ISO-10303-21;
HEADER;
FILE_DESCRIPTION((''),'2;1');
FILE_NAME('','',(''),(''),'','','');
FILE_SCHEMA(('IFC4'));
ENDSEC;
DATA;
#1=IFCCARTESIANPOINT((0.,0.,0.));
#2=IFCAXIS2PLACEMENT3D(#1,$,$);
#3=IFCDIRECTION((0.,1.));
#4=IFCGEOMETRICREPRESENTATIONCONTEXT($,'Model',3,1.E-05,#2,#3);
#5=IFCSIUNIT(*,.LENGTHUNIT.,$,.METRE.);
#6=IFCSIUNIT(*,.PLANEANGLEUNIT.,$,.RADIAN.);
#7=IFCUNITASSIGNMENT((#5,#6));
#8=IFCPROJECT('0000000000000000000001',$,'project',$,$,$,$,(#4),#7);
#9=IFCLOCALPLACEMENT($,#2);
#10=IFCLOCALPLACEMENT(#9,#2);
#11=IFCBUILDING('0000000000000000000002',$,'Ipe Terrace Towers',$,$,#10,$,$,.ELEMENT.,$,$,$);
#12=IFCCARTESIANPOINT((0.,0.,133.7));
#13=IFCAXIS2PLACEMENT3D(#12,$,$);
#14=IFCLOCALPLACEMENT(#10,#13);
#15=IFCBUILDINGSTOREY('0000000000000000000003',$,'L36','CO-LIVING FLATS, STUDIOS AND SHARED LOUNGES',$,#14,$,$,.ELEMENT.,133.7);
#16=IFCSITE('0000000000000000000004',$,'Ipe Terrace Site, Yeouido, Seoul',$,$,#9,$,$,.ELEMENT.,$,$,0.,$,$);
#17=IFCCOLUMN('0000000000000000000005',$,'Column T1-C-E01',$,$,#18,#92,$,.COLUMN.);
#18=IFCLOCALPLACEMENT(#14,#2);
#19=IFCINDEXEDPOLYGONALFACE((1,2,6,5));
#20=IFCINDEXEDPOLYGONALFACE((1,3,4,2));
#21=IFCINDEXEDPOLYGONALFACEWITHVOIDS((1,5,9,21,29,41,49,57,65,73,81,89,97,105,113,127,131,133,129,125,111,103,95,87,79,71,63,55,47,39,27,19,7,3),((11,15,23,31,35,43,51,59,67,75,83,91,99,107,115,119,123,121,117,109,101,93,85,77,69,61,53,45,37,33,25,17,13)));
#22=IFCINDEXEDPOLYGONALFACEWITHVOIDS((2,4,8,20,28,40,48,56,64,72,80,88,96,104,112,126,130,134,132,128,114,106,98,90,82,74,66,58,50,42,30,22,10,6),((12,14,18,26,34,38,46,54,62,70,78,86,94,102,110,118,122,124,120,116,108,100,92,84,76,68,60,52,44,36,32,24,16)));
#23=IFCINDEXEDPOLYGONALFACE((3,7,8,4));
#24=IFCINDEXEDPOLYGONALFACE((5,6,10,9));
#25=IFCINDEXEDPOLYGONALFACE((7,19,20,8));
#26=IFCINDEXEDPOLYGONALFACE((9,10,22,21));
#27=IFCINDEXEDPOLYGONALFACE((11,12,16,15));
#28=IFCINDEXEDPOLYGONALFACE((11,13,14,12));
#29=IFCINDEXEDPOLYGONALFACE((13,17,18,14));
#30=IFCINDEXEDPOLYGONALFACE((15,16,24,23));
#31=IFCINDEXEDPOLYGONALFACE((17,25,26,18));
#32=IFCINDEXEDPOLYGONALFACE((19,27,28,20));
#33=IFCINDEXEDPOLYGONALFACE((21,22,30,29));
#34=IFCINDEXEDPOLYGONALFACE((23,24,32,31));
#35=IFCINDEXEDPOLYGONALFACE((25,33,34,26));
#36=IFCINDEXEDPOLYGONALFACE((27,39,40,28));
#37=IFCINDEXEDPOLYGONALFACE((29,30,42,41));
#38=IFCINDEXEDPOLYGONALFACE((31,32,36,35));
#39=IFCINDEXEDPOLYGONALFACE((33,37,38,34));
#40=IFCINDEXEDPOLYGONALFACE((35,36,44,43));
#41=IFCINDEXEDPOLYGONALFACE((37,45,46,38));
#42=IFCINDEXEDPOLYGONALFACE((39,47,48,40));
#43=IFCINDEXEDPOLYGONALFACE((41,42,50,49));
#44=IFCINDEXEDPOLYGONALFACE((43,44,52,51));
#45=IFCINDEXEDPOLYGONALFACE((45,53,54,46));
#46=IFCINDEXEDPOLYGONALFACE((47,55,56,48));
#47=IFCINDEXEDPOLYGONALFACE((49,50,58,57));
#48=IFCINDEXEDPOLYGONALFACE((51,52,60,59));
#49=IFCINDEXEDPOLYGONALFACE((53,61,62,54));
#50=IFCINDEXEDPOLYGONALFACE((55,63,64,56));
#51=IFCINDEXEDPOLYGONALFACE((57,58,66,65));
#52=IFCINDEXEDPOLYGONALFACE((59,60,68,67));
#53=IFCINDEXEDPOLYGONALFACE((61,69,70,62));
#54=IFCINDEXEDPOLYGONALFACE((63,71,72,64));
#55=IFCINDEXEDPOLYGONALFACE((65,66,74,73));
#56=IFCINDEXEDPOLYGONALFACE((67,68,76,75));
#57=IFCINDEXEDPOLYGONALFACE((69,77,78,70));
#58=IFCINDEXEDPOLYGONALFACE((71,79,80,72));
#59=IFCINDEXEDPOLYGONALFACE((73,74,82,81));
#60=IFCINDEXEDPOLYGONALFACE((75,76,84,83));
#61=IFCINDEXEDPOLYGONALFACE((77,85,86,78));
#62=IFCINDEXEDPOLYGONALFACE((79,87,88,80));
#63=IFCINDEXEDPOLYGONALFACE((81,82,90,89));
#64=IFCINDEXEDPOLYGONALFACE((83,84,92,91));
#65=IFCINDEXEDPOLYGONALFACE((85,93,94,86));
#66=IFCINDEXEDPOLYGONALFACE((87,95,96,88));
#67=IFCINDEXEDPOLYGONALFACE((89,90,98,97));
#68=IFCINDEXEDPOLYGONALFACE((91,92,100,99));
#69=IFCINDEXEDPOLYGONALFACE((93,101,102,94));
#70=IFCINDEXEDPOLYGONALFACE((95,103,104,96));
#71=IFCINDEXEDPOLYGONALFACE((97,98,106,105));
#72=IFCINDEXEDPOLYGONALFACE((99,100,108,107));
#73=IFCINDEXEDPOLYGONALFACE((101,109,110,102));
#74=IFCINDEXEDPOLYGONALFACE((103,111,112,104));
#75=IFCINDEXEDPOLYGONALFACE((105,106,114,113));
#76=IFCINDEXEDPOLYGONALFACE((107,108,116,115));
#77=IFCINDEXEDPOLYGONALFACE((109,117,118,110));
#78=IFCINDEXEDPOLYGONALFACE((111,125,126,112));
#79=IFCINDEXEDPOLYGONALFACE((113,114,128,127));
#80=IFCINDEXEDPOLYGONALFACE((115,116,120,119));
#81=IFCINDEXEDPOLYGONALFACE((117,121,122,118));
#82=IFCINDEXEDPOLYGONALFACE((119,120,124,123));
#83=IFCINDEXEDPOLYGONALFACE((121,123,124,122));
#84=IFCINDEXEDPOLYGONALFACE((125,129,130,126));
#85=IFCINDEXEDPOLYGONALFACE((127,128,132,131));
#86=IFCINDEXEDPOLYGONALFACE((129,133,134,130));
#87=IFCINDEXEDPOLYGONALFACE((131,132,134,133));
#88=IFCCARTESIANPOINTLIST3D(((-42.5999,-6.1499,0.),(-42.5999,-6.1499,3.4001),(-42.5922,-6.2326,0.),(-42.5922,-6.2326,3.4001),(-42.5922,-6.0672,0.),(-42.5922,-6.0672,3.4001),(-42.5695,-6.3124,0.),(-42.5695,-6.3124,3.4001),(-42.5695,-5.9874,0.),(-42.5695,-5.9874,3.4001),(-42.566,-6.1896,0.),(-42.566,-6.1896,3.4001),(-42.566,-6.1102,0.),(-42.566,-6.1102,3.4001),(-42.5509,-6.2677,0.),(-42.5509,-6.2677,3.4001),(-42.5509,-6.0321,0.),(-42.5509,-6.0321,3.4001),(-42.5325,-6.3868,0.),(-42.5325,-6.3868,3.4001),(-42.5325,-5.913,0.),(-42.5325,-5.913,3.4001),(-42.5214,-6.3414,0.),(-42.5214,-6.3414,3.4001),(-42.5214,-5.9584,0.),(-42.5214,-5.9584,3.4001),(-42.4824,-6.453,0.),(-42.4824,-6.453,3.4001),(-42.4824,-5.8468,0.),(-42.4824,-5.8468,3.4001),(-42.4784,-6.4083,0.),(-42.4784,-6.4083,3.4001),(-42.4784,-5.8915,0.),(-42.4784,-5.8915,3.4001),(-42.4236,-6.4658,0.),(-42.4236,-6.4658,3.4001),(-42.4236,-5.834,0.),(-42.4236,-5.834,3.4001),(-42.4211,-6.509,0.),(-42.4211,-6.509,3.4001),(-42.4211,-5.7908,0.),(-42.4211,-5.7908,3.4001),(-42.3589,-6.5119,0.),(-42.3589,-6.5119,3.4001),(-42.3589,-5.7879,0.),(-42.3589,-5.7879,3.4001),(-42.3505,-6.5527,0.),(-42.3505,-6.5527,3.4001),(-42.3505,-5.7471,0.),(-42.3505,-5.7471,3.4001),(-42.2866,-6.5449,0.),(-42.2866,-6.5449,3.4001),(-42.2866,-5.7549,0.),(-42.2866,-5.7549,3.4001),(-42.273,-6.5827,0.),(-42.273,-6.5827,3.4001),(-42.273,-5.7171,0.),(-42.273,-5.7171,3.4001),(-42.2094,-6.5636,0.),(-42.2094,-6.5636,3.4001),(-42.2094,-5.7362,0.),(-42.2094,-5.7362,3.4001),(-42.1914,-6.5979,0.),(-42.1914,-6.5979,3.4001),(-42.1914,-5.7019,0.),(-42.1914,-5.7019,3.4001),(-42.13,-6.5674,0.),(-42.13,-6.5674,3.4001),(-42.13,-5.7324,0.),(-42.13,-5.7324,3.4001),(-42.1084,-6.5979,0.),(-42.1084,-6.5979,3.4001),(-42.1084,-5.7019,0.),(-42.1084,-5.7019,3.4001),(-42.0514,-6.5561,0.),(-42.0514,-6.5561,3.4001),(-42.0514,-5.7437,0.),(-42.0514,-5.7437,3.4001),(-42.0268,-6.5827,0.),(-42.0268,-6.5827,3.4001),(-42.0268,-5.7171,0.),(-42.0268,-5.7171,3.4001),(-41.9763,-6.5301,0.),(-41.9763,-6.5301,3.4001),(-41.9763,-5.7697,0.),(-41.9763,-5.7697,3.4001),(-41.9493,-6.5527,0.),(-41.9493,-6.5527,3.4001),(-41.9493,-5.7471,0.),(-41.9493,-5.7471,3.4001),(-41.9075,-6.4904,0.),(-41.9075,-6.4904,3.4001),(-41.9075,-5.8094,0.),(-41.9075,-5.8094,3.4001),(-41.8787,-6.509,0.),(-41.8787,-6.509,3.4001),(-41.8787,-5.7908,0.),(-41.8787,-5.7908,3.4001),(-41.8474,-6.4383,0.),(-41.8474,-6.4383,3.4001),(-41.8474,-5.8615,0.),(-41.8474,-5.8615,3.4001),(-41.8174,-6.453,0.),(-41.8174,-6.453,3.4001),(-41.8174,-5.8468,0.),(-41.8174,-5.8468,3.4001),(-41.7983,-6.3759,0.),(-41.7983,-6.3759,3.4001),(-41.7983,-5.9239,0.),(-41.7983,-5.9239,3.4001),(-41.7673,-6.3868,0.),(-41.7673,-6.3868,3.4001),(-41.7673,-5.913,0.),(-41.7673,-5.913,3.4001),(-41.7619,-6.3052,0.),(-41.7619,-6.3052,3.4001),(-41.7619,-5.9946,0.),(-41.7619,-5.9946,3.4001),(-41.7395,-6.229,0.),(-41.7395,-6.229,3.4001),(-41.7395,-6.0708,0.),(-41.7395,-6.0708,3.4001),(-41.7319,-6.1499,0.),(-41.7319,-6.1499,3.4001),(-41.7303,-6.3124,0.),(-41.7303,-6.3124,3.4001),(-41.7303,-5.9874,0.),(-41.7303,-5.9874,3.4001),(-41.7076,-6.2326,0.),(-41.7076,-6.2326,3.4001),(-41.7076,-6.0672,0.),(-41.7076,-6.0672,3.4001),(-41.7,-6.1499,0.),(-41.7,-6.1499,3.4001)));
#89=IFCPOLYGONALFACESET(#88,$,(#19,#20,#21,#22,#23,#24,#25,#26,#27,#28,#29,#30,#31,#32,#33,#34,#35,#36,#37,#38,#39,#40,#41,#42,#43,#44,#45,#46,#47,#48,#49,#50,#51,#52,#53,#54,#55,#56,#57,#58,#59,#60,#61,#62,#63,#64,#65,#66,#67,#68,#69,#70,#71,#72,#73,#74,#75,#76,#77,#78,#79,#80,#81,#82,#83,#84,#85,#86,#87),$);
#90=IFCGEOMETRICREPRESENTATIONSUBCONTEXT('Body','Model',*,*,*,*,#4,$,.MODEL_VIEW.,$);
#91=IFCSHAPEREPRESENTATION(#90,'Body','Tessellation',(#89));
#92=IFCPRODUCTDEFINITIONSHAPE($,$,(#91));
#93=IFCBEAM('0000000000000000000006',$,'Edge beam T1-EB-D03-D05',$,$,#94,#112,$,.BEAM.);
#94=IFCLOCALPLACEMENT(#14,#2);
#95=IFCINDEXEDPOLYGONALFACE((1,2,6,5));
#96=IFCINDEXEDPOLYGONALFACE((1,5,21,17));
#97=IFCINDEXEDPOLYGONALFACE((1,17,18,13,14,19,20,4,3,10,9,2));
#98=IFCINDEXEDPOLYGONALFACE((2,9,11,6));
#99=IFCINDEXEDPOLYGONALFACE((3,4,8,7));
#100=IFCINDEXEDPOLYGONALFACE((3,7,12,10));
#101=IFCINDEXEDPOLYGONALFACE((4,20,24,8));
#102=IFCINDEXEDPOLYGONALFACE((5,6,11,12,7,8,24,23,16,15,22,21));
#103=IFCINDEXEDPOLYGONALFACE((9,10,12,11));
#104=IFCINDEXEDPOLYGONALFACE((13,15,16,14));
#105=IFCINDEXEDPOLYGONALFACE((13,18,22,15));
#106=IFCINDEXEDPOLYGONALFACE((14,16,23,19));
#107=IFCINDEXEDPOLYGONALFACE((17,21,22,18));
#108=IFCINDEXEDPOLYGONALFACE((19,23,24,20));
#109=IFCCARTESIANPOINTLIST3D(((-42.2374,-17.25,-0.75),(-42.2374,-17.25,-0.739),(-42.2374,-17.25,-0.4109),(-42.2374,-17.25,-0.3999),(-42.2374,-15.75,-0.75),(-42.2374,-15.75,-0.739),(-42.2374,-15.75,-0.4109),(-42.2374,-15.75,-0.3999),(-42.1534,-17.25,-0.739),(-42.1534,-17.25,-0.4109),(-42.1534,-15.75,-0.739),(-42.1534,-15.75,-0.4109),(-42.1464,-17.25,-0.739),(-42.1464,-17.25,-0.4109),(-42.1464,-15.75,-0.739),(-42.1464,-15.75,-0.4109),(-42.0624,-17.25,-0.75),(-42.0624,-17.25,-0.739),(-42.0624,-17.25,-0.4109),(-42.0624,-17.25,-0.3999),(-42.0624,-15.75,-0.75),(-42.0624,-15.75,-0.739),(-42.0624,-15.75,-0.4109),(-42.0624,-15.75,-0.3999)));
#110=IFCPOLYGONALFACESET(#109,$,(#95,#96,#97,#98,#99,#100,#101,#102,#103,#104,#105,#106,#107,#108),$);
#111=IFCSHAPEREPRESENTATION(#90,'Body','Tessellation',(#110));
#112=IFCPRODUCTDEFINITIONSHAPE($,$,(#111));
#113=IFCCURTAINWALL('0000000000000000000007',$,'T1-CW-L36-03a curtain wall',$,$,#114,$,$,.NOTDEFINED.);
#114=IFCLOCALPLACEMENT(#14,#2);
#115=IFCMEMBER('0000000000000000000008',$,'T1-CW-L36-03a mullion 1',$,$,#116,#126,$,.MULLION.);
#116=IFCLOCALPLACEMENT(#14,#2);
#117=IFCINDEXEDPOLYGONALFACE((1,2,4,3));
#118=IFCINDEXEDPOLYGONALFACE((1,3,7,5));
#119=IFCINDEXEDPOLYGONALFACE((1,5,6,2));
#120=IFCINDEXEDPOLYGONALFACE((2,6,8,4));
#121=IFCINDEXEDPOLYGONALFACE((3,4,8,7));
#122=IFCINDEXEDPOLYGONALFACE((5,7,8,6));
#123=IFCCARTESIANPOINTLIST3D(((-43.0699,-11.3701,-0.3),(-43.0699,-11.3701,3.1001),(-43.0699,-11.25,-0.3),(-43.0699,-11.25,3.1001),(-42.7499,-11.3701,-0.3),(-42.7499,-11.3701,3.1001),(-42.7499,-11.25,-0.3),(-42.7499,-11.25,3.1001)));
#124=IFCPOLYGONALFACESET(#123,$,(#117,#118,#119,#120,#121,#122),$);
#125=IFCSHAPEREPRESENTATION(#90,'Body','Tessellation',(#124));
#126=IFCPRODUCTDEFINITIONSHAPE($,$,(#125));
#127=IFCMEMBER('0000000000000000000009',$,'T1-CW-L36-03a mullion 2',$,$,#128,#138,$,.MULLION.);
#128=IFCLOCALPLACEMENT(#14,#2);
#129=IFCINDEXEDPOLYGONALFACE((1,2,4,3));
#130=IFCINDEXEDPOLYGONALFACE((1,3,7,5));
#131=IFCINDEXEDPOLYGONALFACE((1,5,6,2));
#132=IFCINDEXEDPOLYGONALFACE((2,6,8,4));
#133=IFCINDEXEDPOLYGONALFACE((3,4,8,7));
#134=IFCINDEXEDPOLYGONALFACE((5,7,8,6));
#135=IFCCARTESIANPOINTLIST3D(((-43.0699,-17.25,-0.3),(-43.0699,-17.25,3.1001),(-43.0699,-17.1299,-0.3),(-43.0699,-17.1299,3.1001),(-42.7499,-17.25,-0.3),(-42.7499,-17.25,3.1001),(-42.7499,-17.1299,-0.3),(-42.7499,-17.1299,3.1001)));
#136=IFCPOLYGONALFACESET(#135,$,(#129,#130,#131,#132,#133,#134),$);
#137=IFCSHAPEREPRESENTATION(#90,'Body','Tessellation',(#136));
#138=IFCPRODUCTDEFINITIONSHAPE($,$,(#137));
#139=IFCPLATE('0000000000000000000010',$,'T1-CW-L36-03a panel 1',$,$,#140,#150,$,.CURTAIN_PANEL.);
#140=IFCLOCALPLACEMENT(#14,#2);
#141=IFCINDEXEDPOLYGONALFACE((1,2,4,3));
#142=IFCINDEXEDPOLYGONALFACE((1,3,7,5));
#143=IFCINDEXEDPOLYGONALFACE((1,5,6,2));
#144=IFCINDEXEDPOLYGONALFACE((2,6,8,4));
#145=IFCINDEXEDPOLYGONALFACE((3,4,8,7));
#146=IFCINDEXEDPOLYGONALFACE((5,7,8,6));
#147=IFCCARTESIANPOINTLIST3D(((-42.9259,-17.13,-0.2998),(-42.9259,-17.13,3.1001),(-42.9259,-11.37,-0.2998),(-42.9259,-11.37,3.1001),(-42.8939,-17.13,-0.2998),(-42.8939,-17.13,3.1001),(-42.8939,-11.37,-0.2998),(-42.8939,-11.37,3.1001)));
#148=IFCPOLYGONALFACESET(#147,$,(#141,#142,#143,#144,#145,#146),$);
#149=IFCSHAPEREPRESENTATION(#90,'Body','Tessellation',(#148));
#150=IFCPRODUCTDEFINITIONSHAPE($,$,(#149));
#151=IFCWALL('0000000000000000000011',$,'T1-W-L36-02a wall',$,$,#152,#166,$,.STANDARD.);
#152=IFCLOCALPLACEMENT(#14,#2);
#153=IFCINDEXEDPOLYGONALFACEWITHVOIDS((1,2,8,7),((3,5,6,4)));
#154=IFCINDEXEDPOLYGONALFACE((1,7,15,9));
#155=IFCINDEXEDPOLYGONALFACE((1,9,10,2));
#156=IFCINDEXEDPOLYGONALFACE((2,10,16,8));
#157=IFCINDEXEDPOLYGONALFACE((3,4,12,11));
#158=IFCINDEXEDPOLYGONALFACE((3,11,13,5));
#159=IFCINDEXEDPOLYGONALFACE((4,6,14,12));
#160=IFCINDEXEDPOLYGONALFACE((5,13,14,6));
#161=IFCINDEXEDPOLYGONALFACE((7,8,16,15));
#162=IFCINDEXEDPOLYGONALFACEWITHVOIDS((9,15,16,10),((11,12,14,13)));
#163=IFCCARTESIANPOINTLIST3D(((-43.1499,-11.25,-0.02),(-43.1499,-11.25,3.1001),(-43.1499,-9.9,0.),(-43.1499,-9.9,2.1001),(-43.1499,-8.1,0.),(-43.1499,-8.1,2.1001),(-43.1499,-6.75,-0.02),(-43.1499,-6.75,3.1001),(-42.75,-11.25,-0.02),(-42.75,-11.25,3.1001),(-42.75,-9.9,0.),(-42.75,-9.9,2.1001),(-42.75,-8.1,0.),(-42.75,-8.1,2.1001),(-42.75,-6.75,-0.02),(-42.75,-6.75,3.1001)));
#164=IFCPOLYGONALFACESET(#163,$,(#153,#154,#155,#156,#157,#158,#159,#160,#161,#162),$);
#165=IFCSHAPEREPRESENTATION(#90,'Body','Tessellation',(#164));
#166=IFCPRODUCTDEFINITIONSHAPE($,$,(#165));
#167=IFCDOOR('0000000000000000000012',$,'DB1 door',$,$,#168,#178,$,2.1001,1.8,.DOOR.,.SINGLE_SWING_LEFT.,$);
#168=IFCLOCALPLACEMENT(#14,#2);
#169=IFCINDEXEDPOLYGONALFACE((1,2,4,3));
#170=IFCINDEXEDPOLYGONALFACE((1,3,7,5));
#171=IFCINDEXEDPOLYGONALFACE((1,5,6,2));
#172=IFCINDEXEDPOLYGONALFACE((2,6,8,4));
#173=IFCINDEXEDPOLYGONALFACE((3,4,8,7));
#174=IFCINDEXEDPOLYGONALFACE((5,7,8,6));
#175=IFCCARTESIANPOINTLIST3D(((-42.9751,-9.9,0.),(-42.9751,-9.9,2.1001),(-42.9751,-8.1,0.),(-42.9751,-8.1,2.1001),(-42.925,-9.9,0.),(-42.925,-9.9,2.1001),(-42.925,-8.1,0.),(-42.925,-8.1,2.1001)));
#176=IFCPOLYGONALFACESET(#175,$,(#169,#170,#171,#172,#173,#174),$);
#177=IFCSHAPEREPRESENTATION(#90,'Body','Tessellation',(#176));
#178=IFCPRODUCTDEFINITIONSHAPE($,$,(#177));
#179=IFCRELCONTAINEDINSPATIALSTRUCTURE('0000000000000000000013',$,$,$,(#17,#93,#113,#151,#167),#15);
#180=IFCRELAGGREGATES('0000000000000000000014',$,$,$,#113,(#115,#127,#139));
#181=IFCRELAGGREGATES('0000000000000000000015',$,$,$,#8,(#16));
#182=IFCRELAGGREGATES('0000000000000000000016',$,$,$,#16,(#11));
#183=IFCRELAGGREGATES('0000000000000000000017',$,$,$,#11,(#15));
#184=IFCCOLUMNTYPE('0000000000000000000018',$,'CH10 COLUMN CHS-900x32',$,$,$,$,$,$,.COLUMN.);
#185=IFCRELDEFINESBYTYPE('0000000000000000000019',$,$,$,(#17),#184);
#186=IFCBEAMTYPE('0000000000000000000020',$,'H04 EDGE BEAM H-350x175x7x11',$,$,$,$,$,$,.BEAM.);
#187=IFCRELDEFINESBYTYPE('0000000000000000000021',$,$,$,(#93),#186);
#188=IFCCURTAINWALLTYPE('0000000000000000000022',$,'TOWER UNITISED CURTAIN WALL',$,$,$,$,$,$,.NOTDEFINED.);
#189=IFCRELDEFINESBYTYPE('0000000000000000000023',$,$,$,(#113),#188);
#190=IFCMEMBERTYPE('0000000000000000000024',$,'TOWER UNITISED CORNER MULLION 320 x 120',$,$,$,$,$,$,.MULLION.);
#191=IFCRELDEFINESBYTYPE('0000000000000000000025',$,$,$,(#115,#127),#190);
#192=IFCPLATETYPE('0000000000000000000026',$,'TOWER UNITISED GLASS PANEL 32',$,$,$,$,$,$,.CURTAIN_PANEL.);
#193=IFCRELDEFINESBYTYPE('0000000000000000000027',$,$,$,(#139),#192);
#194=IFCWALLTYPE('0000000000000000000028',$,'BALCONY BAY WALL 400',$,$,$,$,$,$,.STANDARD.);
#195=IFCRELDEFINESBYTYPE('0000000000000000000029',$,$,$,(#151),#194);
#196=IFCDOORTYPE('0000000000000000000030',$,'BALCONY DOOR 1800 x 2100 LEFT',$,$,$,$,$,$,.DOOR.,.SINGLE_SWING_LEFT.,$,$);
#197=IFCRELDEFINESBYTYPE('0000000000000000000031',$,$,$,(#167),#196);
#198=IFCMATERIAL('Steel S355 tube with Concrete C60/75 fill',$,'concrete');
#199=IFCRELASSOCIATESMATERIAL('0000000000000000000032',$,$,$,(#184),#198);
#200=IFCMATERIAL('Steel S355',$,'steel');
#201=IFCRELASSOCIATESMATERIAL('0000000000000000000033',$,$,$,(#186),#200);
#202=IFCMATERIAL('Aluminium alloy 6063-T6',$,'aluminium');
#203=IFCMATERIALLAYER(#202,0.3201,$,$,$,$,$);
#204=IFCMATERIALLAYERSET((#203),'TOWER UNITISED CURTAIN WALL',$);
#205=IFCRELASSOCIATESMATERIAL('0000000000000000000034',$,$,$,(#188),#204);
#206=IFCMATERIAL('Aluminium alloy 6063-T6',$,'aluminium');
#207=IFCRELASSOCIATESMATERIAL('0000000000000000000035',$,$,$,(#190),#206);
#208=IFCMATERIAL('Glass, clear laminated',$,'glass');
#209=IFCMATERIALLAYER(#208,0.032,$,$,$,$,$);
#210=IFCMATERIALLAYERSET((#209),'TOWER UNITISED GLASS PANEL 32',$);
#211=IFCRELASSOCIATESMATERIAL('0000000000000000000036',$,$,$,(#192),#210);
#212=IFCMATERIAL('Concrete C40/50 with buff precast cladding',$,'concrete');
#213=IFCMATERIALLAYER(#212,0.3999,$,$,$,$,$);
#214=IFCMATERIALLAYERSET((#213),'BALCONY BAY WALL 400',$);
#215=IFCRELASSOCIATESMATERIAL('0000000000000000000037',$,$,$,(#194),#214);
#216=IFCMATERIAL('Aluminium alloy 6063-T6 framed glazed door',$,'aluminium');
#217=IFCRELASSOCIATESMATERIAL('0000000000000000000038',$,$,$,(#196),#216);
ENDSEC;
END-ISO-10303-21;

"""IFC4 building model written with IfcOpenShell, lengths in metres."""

from ifc_helpers import new_model, si_unit, direction, frame, frame_2d, origin, origin_2d, place, context, subcontext, project, spatial, rectangle, hollow_circle, i_section, extrude, material, layer, layer_set, material_profile, profile_set, type_object, element, fill, aggregate, save


model = new_model("IFC4")

# Units and contexts
model_context = context("Model", 3, precision=1e-05, world=origin(), true_north=direction((0.0, 1.0)))
body_context = subcontext(model_context, "Body", "Model", "MODEL_VIEW")
ifc_project = project(units=[si_unit("LENGTHUNIT", "METRE"), si_unit("PLANEANGLEUNIT", "RADIAN")], contexts=[model_context])

# Site, building, storey
site_placement = place(None, origin())
site = spatial("IfcSite", under=ifc_project, at=site_placement, Name="Ipe Terrace Site, Yeouido, Seoul", CompositionType="ELEMENT", RefElevation=0.0)
building_placement = place(site_placement, origin())
building = spatial("IfcBuilding", under=site, at=building_placement, Name="Ipe Terrace Towers", CompositionType="ELEMENT")
storey_placement = place(building_placement, frame((0.0, 0.0, 133.7)))
storey = spatial("IfcBuildingStorey", under=building, at=storey_placement, Name="L36", Description="CO-LIVING FLATS, STUDIOS AND SHARED LOUNGES", CompositionType="ELEMENT", Elevation=133.7)

# Column
ifc_material_1 = material(Name="Steel S355 tube with Concrete C60/75 fill", Category="concrete")
ifc_material_profile_1 = material_profile(ifc_material_1, hollow_circle(Radius=0.45, WallThickness=0.032, at=origin_2d()), Name="CHS-900x32")
ifc_profile_set_1 = profile_set([ifc_material_profile_1], Name="Steel S355 tube with Concrete C60/75 fill")
column_type_1 = type_object("IfcColumnType", Name="CH10 COLUMN CHS-900x32", PredefinedType="COLUMN", material=ifc_profile_set_1)
column_placement = place(storey_placement, frame((-42.1499, -6.1499, 0.0), z_axis=(0.0, 0.0, 1.0), x_axis=(1.0, 0.0, 0.0)))
element("IfcColumn", 1, at=column_placement, inside=storey, type_object=column_type_1, Name="Column T1-C-E01", PredefinedType="COLUMN", context=body_context, shape_type="SweptSolid", body=[
    extrude(hollow_circle(Radius=0.45, WallThickness=0.032, at=origin_2d()), origin(), (0.0, 0.0, 1.0), 3.4001),
])

# Beam
ifc_material_2 = material(Name="Steel S355", Category="steel")
ifc_material_profile_2 = material_profile(ifc_material_2, i_section(OverallWidth=0.175, OverallDepth=0.3501, WebThickness=0.0071, FlangeThickness=0.011, at=origin_2d()), Name="H-350x175x7x11")
ifc_profile_set_2 = profile_set([ifc_material_profile_2], Name="Steel S355")
beam_type = type_object("IfcBeamType", Name="H04 EDGE BEAM H-350x175x7x11", PredefinedType="BEAM", material=ifc_profile_set_2)
beam_placement = place(storey_placement, frame((-42.1499, -15.75, -0.575), z_axis=(0.0, -1.0, 0.0), x_axis=(1.0, 0.0, 0.0)))
element("IfcBeam", 2, at=beam_placement, inside=storey, type_object=beam_type, Name="Edge beam T1-EB-D03-D05", PredefinedType="BEAM", context=body_context, shape_type="SweptSolid", body=[
    extrude(i_section(OverallWidth=0.175, OverallDepth=0.3501, WebThickness=0.0071, FlangeThickness=0.011, at=origin_2d()), origin(), (0.0, 0.0, 1.0), 1.5),
])

# Curtain wall, members, plate
ifc_material_3 = material(Name="Aluminium alloy 6063-T6", Category="aluminium")
ifc_layer_1 = layer(ifc_material_3, 0.3201)
ifc_layer_set_1 = layer_set([ifc_layer_1], Name="TOWER UNITISED CURTAIN WALL")
curtain_wall_type = type_object("IfcCurtainWallType", Name="TOWER UNITISED CURTAIN WALL", PredefinedType="NOTDEFINED", material=ifc_layer_set_1)
curtain_wall_placement = place(storey_placement, origin())
curtain_wall = element("IfcCurtainWall", 3, at=curtain_wall_placement, inside=storey, type_object=curtain_wall_type, Name="T1-CW-L36-03a curtain wall", PredefinedType="NOTDEFINED")
ifc_material_4 = material(Name="Aluminium alloy 6063-T6", Category="aluminium")
ifc_material_profile_3 = material_profile(ifc_material_4, rectangle(XDim=0.3201, YDim=0.1201, at=origin_2d()), Name="TOWER UNITISED CORNER MULLION 320 x 120")
ifc_profile_set_3 = profile_set([ifc_material_profile_3], Name="Aluminium alloy 6063-T6")
member_type = type_object("IfcMemberType", Name="TOWER UNITISED CORNER MULLION 320 x 120", PredefinedType="MULLION", material=ifc_profile_set_3)
member_1_placement = place(storey_placement, frame((-42.9099, -11.3101, -0.3), z_axis=(0.0, 0.0, 1.0), x_axis=(-1.0, 0.0, 0.0)))
member_1 = element("IfcMember", 4, at=member_1_placement, type_object=member_type, Name="T1-CW-L36-03a mullion 1", PredefinedType="MULLION", context=body_context, shape_type="SweptSolid", body=[
    extrude(rectangle(XDim=0.3201, YDim=0.1201, at=origin_2d()), origin(), (0.0, 0.0, 1.0), 3.4001),
])
member_2_placement = place(storey_placement, frame((-42.9099, -17.1899, -0.3), z_axis=(0.0, 0.0, 1.0), x_axis=(-1.0, 0.0, 0.0)))
member_2 = element("IfcMember", 5, at=member_2_placement, type_object=member_type, Name="T1-CW-L36-03a mullion 2", PredefinedType="MULLION", context=body_context, shape_type="SweptSolid", body=[
    extrude(rectangle(XDim=0.3201, YDim=0.1201, at=origin_2d()), origin(), (0.0, 0.0, 1.0), 3.4001),
])
ifc_material_5 = material(Name="Glass, clear laminated", Category="glass")
ifc_layer_2 = layer(ifc_material_5, 0.032)
ifc_layer_set_2 = layer_set([ifc_layer_2], Name="TOWER UNITISED GLASS PANEL 32")
plate_type = type_object("IfcPlateType", Name="TOWER UNITISED GLASS PANEL 32", PredefinedType="CURTAIN_PANEL", material=ifc_layer_set_2)
plate_placement = place(storey_placement, frame((-42.9099, -14.25, -0.2998), z_axis=(0.0, 0.0, 1.0), x_axis=(0.0, -1.0, 0.0)))
plate = element("IfcPlate", 6, at=plate_placement, type_object=plate_type, Name="T1-CW-L36-03a panel 1", PredefinedType="CURTAIN_PANEL", context=body_context, shape_type="SweptSolid", body=[
    extrude(rectangle(XDim=5.76, YDim=0.032, at=origin_2d()), origin(), (0.0, 0.0, 1.0), 3.3999),
])
aggregate(curtain_wall, [member_1, member_2, plate])

# Wall, opening, door
ifc_material_6 = material(Name="Concrete C40/50 with buff precast cladding", Category="concrete")
ifc_layer_3 = layer(ifc_material_6, 0.3999)
ifc_layer_set_3 = layer_set([ifc_layer_3], Name="BALCONY BAY WALL 400")
wall_type_1 = type_object("IfcWallType", Name="BALCONY BAY WALL 400", PredefinedType="STANDARD", material=ifc_layer_set_3)
wall_1_placement = place(storey_placement, frame((-42.95, -6.75, -0.02), z_axis=(0.0, 0.0, 1.0), x_axis=(0.0, -1.0, 0.0)))
wall_1 = element("IfcWall", 7, at=wall_1_placement, inside=storey, type_object=wall_type_1, Name="T1-W-L36-02a wall", PredefinedType="STANDARD", context=body_context, shape_type="SweptSolid", body=[
    extrude(rectangle(XDim=4.5, YDim=0.3999, at=frame_2d((2.25, 0.0))), origin(), (0.0, 0.0, 1.0), 3.1201),
])
opening_1_placement = place(wall_1_placement, frame((1.3501, 0.0, 0.02)))
opening_1 = element("IfcOpeningElement", 8, at=opening_1_placement, cuts=wall_1, PredefinedType="OPENING", context=body_context, shape_type="SweptSolid", body=[
    extrude(rectangle(XDim=1.8, YDim=2.1001, at=frame_2d((0.8999, 1.05))), frame((0.0, 0.21, 0.0), z_axis=(0.0, -1.0, 0.0), x_axis=(1.0, 0.0, 0.0)), (0.0, 0.0, 1.0), 0.4199),
])
ifc_material_7 = material(Name="Aluminium alloy 6063-T6 framed glazed door", Category="aluminium")
door_type_1 = type_object("IfcDoorType", Name="BALCONY DOOR 1800 x 2100 LEFT", OperationType="SINGLE_SWING_LEFT", PredefinedType="DOOR", material=ifc_material_7)
door_1_placement = place(opening_1_placement, origin())
door_1 = element("IfcDoor", 9, at=door_1_placement, inside=storey, type_object=door_type_1, Name="DB1 door", OperationType="SINGLE_SWING_LEFT", OverallHeight=2.1001, OverallWidth=1.8, PredefinedType="DOOR", context=body_context, shape_type="SweptSolid", body=[
    extrude(rectangle(XDim=1.8, YDim=2.1001, at=frame_2d((0.8999, 1.05))), frame((0.0, 0.0249, 0.0), z_axis=(0.0, -1.0, 0.0), x_axis=(1.0, 0.0, 0.0)), (0.0, 0.0, 1.0), 0.05),
])
fill(opening_1, door_1)

save(model, "model.ifc")
